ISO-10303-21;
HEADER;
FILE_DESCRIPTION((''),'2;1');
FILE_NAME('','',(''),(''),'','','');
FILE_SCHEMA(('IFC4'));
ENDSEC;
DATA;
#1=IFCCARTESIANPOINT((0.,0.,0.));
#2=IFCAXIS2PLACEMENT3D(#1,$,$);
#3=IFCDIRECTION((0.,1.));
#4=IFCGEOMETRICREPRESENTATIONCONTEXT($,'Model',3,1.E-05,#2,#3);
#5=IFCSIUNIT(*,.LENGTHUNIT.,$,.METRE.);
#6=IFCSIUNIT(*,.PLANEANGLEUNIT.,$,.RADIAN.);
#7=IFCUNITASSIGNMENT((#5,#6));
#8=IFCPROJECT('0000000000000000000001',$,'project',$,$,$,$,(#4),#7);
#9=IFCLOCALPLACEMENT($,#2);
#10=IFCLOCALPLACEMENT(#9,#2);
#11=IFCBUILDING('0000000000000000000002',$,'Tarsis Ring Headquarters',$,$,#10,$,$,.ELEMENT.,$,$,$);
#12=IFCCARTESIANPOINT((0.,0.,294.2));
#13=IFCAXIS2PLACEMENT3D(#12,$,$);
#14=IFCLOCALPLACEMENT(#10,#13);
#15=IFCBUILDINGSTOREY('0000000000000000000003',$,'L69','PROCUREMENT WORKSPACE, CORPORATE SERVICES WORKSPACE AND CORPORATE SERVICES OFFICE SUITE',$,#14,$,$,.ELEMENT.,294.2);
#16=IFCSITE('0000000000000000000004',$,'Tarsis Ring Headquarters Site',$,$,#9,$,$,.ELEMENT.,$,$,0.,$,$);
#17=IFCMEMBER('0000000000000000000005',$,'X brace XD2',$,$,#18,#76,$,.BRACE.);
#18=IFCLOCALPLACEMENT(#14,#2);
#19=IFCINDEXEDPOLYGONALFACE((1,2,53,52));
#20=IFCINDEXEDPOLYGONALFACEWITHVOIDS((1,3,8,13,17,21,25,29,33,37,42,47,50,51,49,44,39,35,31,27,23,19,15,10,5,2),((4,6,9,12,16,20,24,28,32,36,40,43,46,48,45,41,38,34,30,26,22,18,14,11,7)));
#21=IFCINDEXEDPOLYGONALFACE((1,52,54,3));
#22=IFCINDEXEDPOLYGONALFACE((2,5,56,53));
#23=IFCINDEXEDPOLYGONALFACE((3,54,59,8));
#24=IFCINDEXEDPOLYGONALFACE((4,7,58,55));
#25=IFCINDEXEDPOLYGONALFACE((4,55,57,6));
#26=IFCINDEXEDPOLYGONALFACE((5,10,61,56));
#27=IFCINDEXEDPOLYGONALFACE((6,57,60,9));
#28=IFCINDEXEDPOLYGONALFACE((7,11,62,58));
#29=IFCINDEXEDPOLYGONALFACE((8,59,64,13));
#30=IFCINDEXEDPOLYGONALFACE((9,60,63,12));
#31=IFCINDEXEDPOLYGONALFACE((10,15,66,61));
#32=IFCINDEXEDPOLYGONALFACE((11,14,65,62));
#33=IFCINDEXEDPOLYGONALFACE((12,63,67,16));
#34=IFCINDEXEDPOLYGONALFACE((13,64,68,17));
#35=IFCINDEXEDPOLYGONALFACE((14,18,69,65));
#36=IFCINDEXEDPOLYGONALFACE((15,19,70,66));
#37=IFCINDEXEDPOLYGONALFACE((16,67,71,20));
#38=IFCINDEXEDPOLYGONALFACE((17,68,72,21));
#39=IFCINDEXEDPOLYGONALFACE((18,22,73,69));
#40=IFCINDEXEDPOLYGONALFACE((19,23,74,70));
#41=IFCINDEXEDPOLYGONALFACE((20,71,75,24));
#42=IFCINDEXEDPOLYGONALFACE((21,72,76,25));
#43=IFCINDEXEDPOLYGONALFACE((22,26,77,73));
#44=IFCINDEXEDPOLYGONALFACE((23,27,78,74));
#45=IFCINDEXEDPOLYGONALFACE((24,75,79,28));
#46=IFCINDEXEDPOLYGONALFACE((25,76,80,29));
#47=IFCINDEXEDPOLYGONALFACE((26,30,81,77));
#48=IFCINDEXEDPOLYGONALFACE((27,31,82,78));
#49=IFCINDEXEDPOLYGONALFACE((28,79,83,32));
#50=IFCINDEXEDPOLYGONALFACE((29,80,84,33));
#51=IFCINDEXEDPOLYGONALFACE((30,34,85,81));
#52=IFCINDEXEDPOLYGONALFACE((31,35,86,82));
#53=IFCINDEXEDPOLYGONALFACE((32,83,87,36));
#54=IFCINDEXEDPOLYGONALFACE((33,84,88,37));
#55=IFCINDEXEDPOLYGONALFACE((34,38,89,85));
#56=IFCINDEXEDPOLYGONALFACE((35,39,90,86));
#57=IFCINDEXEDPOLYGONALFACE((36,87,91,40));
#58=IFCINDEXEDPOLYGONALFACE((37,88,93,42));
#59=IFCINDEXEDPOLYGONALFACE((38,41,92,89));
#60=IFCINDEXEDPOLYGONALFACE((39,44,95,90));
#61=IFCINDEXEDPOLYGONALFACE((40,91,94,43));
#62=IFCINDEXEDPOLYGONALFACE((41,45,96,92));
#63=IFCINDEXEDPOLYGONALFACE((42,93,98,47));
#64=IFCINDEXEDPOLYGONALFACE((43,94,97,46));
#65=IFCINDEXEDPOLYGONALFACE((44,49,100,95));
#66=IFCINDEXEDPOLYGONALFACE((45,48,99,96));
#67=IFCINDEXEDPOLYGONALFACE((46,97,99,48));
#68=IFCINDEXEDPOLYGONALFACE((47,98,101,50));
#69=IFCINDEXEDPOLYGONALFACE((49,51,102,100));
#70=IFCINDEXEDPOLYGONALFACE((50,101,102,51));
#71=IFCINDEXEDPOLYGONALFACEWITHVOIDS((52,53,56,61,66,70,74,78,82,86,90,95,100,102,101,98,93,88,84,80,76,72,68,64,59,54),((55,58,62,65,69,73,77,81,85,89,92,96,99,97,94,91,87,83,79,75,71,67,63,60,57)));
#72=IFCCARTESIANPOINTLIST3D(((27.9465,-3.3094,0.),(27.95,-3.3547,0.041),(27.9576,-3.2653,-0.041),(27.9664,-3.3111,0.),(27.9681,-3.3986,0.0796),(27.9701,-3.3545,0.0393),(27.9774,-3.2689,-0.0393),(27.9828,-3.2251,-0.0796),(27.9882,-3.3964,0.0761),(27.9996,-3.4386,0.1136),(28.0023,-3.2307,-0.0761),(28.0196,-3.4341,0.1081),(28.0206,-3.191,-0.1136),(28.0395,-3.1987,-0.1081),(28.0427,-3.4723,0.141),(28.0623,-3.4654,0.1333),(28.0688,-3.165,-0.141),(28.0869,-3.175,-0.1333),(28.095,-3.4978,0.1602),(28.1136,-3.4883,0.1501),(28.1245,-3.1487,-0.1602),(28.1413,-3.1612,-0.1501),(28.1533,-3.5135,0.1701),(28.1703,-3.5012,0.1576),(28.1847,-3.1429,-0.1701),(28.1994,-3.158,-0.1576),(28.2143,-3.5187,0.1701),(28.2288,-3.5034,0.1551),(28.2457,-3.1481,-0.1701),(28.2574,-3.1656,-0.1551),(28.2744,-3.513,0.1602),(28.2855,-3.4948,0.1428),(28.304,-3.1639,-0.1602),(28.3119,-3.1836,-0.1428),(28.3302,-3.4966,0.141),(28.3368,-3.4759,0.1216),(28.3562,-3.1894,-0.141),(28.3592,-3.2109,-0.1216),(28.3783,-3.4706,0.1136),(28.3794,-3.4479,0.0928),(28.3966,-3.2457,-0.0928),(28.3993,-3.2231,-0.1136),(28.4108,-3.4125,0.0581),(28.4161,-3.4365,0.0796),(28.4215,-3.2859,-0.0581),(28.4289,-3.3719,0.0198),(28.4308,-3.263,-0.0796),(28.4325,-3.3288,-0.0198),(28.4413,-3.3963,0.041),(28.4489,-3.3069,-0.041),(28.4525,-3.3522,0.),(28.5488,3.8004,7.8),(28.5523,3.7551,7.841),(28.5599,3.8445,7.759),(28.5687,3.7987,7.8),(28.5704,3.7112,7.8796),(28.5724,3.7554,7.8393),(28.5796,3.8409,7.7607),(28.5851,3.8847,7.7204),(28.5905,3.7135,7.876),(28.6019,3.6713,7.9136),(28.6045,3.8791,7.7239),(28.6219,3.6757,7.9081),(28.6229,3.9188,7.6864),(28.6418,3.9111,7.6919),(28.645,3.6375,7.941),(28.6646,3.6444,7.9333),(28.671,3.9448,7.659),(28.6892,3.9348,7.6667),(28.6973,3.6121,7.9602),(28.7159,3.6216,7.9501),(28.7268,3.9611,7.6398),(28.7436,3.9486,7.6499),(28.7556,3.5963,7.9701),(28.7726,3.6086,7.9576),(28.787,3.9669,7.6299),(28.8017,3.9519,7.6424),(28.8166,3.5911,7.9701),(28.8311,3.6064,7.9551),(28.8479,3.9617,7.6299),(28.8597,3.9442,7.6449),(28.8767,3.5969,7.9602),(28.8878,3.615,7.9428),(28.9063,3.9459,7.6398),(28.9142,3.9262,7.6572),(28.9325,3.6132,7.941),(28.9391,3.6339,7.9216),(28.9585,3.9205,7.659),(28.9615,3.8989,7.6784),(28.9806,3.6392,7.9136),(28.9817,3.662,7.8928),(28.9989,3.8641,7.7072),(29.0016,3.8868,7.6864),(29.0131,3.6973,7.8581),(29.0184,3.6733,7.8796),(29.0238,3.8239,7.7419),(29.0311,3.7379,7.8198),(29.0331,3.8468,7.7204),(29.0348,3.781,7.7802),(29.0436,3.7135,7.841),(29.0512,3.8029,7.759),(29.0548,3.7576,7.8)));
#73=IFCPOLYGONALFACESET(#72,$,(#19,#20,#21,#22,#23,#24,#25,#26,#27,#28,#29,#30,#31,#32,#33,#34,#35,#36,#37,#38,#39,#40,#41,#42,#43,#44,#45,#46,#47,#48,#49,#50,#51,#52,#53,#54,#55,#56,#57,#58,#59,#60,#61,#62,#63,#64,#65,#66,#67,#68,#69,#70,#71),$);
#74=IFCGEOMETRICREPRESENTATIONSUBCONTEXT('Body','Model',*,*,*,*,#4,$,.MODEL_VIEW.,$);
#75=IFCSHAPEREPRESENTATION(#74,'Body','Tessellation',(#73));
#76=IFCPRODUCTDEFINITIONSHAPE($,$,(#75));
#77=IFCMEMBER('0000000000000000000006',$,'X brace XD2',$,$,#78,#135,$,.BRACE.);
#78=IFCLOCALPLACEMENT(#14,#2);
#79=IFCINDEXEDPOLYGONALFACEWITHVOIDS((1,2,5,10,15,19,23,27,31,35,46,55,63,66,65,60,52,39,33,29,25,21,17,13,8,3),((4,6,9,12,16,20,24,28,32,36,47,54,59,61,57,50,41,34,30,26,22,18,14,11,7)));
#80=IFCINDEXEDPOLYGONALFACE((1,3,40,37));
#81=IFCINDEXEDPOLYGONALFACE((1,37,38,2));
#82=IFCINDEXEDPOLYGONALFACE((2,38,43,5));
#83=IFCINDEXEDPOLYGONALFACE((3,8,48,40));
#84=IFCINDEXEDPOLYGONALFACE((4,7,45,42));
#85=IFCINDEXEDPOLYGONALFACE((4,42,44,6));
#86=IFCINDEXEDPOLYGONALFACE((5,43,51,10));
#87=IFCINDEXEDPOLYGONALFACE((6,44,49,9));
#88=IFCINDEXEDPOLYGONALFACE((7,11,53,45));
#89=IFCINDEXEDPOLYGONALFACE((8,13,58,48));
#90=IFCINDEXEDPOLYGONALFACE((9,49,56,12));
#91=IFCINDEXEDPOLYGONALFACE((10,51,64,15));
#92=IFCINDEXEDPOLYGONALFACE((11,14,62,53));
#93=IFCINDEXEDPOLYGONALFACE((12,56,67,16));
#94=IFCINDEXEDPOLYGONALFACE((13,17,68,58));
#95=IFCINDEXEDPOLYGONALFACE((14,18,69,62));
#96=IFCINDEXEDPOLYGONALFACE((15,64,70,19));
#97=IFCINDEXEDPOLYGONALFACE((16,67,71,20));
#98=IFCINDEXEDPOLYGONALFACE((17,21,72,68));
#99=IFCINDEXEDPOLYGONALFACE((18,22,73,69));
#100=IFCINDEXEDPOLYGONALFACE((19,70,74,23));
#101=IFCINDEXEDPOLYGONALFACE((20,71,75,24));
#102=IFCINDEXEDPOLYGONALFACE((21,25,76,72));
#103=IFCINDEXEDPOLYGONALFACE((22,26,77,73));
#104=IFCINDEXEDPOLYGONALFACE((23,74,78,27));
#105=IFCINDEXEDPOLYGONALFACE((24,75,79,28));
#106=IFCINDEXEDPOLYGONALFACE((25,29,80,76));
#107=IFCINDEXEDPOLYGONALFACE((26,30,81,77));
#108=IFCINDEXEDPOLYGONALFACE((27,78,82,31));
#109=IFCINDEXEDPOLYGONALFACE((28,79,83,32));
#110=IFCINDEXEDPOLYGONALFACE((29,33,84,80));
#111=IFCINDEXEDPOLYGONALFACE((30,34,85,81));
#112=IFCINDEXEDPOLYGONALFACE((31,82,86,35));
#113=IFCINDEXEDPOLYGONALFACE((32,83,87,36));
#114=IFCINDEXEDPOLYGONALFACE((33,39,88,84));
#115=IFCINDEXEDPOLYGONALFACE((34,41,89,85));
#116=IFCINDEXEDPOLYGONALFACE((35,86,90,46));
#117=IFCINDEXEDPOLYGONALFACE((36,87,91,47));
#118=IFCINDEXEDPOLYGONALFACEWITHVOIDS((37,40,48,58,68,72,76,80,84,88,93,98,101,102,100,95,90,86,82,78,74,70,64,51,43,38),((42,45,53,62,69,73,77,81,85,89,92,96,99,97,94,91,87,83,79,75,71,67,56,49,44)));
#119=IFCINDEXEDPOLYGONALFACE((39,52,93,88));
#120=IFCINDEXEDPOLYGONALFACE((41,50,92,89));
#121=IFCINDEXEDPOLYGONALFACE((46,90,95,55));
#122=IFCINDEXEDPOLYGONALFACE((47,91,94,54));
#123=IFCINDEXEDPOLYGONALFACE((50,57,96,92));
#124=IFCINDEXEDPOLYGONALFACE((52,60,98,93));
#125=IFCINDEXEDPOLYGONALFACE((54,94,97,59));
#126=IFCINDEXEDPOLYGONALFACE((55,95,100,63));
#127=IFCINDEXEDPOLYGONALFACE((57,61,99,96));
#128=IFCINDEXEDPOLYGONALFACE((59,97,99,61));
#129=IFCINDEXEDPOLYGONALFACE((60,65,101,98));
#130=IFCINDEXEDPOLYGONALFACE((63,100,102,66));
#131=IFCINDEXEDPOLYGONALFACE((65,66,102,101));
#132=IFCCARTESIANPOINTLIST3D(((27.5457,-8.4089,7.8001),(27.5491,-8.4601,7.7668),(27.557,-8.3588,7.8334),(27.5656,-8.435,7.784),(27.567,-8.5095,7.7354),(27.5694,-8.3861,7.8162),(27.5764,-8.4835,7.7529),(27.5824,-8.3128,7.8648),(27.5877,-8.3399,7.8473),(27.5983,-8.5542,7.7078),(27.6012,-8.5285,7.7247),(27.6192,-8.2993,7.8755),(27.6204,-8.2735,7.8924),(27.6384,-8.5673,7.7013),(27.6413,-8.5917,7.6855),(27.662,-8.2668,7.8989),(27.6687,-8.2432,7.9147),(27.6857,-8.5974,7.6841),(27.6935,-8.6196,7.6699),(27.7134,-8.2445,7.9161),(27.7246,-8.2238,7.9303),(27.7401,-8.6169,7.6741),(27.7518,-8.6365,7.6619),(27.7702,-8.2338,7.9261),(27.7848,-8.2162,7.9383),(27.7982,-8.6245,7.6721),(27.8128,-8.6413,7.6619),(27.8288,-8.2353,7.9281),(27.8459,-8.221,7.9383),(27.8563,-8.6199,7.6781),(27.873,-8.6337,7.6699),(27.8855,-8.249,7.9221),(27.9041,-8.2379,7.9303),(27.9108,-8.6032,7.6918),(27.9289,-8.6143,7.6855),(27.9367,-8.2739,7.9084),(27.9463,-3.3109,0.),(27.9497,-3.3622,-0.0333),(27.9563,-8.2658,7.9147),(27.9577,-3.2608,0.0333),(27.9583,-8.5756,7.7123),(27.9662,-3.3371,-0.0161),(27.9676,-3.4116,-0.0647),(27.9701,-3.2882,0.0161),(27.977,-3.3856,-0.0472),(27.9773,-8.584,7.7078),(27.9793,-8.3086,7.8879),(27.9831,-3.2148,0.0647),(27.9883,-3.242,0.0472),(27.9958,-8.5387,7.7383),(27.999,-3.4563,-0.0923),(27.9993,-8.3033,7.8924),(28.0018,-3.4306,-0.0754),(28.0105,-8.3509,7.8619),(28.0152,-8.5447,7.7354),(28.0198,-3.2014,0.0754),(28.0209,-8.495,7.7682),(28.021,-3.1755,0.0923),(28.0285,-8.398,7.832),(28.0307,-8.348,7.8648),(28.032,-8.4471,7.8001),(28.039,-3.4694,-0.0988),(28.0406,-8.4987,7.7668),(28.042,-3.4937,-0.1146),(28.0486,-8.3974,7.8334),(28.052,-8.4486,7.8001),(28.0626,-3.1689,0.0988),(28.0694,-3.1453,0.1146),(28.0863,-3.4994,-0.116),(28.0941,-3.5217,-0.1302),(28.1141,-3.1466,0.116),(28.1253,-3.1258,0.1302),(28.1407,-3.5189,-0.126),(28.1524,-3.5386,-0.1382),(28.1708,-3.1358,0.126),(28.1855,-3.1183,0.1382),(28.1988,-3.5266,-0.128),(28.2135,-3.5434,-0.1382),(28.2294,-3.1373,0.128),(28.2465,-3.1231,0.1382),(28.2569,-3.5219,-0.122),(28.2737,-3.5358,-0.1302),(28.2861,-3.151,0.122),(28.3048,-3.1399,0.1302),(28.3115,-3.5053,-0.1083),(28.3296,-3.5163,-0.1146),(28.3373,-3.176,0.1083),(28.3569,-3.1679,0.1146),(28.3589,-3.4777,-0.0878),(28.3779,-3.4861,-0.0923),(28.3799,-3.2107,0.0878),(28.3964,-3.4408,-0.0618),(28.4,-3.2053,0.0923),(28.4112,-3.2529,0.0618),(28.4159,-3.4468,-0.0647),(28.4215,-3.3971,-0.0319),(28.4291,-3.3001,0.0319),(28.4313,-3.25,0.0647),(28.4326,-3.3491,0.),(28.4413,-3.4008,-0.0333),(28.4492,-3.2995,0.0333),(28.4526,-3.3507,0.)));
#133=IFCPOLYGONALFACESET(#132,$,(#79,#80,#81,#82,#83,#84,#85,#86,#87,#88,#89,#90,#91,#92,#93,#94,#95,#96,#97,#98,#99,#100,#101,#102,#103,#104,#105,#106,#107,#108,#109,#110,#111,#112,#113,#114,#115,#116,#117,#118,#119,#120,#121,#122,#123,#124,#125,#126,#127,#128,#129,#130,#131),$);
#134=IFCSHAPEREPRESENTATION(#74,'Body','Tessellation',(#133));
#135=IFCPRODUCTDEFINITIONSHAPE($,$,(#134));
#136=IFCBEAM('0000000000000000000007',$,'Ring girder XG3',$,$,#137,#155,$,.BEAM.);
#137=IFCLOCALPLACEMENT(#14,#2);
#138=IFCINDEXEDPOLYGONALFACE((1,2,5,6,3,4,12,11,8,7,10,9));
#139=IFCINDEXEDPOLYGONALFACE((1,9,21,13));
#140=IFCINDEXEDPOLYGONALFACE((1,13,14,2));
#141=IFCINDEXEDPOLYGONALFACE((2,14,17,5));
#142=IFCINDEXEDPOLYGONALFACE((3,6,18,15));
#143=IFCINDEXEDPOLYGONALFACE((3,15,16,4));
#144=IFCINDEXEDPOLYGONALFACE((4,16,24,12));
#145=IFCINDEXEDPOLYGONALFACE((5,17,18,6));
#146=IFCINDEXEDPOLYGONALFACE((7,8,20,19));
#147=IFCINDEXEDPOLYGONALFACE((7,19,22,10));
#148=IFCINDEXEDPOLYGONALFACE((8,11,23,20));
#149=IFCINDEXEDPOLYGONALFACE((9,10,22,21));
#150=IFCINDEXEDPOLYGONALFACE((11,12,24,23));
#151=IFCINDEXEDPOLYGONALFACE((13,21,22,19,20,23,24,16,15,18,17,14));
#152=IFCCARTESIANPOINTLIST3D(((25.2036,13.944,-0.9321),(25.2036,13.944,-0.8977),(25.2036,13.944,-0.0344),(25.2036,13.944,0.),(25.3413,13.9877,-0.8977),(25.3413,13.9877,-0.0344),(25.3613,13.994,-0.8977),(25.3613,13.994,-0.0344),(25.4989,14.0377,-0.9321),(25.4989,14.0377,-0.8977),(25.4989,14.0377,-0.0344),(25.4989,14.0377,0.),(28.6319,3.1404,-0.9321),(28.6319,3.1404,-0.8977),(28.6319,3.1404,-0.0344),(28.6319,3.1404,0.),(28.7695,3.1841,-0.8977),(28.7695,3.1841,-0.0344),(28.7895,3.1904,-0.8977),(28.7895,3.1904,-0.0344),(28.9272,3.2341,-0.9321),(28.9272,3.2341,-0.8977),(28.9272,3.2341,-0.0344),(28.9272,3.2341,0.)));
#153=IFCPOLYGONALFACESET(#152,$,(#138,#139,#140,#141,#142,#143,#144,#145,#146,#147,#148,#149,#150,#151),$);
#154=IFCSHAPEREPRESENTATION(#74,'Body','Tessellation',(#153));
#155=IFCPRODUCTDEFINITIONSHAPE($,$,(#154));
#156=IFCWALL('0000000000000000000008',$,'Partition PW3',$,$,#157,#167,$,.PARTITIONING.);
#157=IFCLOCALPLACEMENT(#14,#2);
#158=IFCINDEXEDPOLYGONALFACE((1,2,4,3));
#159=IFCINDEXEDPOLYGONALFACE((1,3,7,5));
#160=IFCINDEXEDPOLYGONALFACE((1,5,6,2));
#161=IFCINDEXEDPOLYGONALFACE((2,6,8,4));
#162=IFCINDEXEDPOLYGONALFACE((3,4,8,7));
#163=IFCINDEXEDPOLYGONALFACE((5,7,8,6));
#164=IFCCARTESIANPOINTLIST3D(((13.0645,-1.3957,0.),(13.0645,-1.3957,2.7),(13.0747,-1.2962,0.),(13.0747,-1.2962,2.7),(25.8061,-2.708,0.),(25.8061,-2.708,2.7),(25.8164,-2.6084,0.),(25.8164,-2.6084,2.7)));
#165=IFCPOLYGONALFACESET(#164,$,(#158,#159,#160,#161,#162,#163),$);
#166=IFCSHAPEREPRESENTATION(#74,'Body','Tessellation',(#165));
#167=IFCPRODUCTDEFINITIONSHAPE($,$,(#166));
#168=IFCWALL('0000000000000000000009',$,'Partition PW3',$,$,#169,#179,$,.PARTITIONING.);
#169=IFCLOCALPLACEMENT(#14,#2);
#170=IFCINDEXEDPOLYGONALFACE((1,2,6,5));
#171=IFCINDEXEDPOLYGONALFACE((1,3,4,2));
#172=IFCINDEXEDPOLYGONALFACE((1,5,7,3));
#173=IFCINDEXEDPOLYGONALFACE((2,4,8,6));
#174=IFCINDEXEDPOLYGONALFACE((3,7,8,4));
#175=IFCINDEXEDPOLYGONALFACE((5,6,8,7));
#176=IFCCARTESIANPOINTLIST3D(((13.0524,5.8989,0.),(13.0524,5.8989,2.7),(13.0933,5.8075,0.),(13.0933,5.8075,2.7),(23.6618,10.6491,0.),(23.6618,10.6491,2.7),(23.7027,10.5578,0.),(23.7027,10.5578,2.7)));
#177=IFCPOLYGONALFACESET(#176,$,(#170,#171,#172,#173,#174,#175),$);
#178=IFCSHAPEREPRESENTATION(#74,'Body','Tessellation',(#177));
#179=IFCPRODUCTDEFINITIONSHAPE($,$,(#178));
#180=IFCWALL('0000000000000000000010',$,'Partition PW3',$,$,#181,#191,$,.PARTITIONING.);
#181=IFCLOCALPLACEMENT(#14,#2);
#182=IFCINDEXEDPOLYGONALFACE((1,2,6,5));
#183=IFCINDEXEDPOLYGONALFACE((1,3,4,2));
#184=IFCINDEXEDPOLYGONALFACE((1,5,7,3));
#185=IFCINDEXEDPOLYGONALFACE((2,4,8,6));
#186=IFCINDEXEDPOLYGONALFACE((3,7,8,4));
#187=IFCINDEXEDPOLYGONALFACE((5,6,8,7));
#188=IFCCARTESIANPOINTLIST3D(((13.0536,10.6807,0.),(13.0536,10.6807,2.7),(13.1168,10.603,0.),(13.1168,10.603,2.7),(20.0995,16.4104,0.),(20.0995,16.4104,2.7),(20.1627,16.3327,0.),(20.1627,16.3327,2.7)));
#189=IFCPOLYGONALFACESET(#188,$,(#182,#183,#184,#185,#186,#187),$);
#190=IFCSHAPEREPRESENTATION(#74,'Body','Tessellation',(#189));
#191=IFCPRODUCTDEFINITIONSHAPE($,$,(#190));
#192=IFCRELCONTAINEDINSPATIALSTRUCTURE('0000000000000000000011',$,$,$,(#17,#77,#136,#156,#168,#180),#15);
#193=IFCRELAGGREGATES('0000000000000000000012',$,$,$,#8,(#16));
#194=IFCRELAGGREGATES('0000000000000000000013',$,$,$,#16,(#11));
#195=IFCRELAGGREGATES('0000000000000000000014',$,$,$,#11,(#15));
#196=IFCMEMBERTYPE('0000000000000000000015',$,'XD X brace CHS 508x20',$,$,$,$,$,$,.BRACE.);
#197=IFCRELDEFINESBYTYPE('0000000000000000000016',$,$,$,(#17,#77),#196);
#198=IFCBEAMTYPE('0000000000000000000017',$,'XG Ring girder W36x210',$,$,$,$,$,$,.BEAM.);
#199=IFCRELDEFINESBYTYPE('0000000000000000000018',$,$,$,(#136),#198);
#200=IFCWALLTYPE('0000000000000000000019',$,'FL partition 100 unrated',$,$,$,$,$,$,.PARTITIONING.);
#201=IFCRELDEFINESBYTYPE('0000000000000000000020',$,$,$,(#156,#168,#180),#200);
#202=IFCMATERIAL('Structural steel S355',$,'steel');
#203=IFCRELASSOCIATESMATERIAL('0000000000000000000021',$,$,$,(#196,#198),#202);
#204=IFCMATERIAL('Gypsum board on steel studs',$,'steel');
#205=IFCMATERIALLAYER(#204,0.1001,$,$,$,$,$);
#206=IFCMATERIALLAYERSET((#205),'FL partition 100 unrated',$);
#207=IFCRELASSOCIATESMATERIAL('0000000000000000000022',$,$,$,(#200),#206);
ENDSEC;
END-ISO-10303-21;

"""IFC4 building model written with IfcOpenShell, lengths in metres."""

from ifc_helpers import new_model, si_unit, direction, frame, frame_2d, origin, origin_2d, place, context, subcontext, project, spatial, rectangle, hollow_circle, i_section, extrude, material, layer, layer_set, material_profile, profile_set, type_object, element, save


model = new_model("IFC4")

# Units and contexts
model_context = context("Model", 3, precision=1e-05, world=origin(), true_north=direction((0.0, 1.0)))
body_context = subcontext(model_context, "Body", "Model", "MODEL_VIEW")
ifc_project = project(units=[si_unit("LENGTHUNIT", "METRE"), si_unit("PLANEANGLEUNIT", "RADIAN")], contexts=[model_context])

# Site, building, storey
site_placement = place(None, origin())
site = spatial("IfcSite", under=ifc_project, at=site_placement, Name="Tarsis Ring Headquarters Site", CompositionType="ELEMENT", RefElevation=0.0)
building_placement = place(site_placement, origin())
building = spatial("IfcBuilding", under=site, at=building_placement, Name="Tarsis Ring Headquarters", CompositionType="ELEMENT")
storey_placement = place(building_placement, frame((0.0, 0.0, 294.2)))
storey = spatial("IfcBuildingStorey", under=building, at=storey_placement, Name="L69", Description="PROCUREMENT WORKSPACE, CORPORATE SERVICES WORKSPACE AND CORPORATE SERVICES OFFICE SUITE", CompositionType="ELEMENT", Elevation=294.2)

# Shared definitions
ifc_material_1 = material(Name="Structural steel S355", Category="steel")

# Members
ifc_material_profile_1 = material_profile(ifc_material_1, hollow_circle(Radius=0.2539, WallThickness=0.02, at=origin_2d()), Name="CHS 508x20")
ifc_profile_set_1 = profile_set([ifc_material_profile_1], Name="Structural steel S355")
member_type = type_object("IfcMemberType", Name="XD X brace CHS 508x20", PredefinedType="BRACE", material=ifc_profile_set_1)
member_1_placement = place(storey_placement, frame((28.1995, -3.3308, 0.0), z_axis=(0.056974, 0.672559, 0.737847), x_axis=(-0.996431, 0.08441, 0.0)))
element("IfcMember", 1, at=member_1_placement, inside=storey, type_object=member_type, Name="X brace XD2", PredefinedType="BRACE", context=body_context, shape_type="SweptSolid", body=[
    extrude(hollow_circle(Radius=0.2539, WallThickness=0.02, at=origin_2d()), origin(), (0.0, 0.0, 1.0), 10.5713),
])
member_2_placement = place(storey_placement, frame((28.1995, -3.3308, 0.0), z_axis=(-0.042955, -0.546584, 0.836302), x_axis=(0.996926, -0.078347, 0.0)))
element("IfcMember", 2, at=member_2_placement, inside=storey, type_object=member_type, Name="X brace XD2", PredefinedType="BRACE", context=body_context, shape_type="SweptSolid", body=[
    extrude(hollow_circle(Radius=0.2539, WallThickness=0.02, at=origin_2d()), origin(), (0.0, 0.0, 1.0), 9.3269),
])

# Beam
ifc_material_profile_2 = material_profile(ifc_material_1, i_section(OverallWidth=0.3098, OverallDepth=0.9321, WebThickness=0.021, FlangeThickness=0.0344, at=origin_2d()), Name="W36x210")
ifc_profile_set_2 = profile_set([ifc_material_profile_2], Name="Structural steel S355")
beam_type_1 = type_object("IfcBeamType", Name="XG Ring girder W36x210", PredefinedType="BEAM", material=ifc_profile_set_2)
beam_1_placement = place(storey_placement, frame((28.7795, 3.1873, -0.4661), z_axis=(-0.302463, 0.953161, 0.0), x_axis=(-0.953161, -0.302463, 0.0)))
element("IfcBeam", 3, at=beam_1_placement, inside=storey, type_object=beam_type_1, Name="Ring girder XG3", PredefinedType="BEAM", context=body_context, shape_type="SweptSolid", body=[
    extrude(i_section(OverallWidth=0.3098, OverallDepth=0.9321, WebThickness=0.021, FlangeThickness=0.0344, at=origin_2d()), origin(), (0.0, 0.0, 1.0), 11.3345),
])

# Walls
ifc_material_2 = material(Name="Gypsum board on steel studs", Category="steel")
ifc_layer_1 = layer(ifc_material_2, 0.1001)
ifc_layer_set_1 = layer_set([ifc_layer_1], Name="FL partition 100 unrated")
wall_type_1 = type_object("IfcWallType", Name="FL partition 100 unrated", PredefinedType="PARTITIONING", material=ifc_layer_set_1)
wall_1_placement = place(storey_placement, frame((13.0696, -1.3459, 0.0), z_axis=(0.0, 0.0, 1.0), x_axis=(0.994738, -0.102447, 0.0)))
element("IfcWall", 4, at=wall_1_placement, inside=storey, type_object=wall_type_1, Name="Partition PW3", PredefinedType="PARTITIONING", context=body_context, shape_type="SweptSolid", body=[
    extrude(rectangle(XDim=12.8091, YDim=0.1001, at=frame_2d((6.4045, 0.0))), origin(), (0.0, 0.0, 1.0), 2.7),
])
wall_2_placement = place(storey_placement, frame((13.073, 5.8533, 0.0), z_axis=(0.0, 0.0, 1.0), x_axis=(0.912692, 0.408649, 0.0)))
element("IfcWall", 5, at=wall_2_placement, inside=storey, type_object=wall_type_1, Name="Partition PW3", PredefinedType="PARTITIONING", context=body_context, shape_type="SweptSolid", body=[
    extrude(rectangle(XDim=11.6243, YDim=0.1001, at=frame_2d((5.812, 0.0))), origin(), (0.0, 0.0, 1.0), 2.7),
])
wall_3_placement = place(storey_placement, frame((13.0852, 10.6418, 0.0), z_axis=(0.0, 0.0, 1.0), x_axis=(0.775848, 0.63092, 0.0)))
element("IfcWall", 6, at=wall_3_placement, inside=storey, type_object=wall_type_1, Name="Partition PW3", PredefinedType="PARTITIONING", context=body_context, shape_type="SweptSolid", body=[
    extrude(rectangle(XDim=9.0815, YDim=0.1001, at=frame_2d((4.5408, 0.0))), origin(), (0.0, 0.0, 1.0), 2.7),
])

save(model, "model.ifc")
